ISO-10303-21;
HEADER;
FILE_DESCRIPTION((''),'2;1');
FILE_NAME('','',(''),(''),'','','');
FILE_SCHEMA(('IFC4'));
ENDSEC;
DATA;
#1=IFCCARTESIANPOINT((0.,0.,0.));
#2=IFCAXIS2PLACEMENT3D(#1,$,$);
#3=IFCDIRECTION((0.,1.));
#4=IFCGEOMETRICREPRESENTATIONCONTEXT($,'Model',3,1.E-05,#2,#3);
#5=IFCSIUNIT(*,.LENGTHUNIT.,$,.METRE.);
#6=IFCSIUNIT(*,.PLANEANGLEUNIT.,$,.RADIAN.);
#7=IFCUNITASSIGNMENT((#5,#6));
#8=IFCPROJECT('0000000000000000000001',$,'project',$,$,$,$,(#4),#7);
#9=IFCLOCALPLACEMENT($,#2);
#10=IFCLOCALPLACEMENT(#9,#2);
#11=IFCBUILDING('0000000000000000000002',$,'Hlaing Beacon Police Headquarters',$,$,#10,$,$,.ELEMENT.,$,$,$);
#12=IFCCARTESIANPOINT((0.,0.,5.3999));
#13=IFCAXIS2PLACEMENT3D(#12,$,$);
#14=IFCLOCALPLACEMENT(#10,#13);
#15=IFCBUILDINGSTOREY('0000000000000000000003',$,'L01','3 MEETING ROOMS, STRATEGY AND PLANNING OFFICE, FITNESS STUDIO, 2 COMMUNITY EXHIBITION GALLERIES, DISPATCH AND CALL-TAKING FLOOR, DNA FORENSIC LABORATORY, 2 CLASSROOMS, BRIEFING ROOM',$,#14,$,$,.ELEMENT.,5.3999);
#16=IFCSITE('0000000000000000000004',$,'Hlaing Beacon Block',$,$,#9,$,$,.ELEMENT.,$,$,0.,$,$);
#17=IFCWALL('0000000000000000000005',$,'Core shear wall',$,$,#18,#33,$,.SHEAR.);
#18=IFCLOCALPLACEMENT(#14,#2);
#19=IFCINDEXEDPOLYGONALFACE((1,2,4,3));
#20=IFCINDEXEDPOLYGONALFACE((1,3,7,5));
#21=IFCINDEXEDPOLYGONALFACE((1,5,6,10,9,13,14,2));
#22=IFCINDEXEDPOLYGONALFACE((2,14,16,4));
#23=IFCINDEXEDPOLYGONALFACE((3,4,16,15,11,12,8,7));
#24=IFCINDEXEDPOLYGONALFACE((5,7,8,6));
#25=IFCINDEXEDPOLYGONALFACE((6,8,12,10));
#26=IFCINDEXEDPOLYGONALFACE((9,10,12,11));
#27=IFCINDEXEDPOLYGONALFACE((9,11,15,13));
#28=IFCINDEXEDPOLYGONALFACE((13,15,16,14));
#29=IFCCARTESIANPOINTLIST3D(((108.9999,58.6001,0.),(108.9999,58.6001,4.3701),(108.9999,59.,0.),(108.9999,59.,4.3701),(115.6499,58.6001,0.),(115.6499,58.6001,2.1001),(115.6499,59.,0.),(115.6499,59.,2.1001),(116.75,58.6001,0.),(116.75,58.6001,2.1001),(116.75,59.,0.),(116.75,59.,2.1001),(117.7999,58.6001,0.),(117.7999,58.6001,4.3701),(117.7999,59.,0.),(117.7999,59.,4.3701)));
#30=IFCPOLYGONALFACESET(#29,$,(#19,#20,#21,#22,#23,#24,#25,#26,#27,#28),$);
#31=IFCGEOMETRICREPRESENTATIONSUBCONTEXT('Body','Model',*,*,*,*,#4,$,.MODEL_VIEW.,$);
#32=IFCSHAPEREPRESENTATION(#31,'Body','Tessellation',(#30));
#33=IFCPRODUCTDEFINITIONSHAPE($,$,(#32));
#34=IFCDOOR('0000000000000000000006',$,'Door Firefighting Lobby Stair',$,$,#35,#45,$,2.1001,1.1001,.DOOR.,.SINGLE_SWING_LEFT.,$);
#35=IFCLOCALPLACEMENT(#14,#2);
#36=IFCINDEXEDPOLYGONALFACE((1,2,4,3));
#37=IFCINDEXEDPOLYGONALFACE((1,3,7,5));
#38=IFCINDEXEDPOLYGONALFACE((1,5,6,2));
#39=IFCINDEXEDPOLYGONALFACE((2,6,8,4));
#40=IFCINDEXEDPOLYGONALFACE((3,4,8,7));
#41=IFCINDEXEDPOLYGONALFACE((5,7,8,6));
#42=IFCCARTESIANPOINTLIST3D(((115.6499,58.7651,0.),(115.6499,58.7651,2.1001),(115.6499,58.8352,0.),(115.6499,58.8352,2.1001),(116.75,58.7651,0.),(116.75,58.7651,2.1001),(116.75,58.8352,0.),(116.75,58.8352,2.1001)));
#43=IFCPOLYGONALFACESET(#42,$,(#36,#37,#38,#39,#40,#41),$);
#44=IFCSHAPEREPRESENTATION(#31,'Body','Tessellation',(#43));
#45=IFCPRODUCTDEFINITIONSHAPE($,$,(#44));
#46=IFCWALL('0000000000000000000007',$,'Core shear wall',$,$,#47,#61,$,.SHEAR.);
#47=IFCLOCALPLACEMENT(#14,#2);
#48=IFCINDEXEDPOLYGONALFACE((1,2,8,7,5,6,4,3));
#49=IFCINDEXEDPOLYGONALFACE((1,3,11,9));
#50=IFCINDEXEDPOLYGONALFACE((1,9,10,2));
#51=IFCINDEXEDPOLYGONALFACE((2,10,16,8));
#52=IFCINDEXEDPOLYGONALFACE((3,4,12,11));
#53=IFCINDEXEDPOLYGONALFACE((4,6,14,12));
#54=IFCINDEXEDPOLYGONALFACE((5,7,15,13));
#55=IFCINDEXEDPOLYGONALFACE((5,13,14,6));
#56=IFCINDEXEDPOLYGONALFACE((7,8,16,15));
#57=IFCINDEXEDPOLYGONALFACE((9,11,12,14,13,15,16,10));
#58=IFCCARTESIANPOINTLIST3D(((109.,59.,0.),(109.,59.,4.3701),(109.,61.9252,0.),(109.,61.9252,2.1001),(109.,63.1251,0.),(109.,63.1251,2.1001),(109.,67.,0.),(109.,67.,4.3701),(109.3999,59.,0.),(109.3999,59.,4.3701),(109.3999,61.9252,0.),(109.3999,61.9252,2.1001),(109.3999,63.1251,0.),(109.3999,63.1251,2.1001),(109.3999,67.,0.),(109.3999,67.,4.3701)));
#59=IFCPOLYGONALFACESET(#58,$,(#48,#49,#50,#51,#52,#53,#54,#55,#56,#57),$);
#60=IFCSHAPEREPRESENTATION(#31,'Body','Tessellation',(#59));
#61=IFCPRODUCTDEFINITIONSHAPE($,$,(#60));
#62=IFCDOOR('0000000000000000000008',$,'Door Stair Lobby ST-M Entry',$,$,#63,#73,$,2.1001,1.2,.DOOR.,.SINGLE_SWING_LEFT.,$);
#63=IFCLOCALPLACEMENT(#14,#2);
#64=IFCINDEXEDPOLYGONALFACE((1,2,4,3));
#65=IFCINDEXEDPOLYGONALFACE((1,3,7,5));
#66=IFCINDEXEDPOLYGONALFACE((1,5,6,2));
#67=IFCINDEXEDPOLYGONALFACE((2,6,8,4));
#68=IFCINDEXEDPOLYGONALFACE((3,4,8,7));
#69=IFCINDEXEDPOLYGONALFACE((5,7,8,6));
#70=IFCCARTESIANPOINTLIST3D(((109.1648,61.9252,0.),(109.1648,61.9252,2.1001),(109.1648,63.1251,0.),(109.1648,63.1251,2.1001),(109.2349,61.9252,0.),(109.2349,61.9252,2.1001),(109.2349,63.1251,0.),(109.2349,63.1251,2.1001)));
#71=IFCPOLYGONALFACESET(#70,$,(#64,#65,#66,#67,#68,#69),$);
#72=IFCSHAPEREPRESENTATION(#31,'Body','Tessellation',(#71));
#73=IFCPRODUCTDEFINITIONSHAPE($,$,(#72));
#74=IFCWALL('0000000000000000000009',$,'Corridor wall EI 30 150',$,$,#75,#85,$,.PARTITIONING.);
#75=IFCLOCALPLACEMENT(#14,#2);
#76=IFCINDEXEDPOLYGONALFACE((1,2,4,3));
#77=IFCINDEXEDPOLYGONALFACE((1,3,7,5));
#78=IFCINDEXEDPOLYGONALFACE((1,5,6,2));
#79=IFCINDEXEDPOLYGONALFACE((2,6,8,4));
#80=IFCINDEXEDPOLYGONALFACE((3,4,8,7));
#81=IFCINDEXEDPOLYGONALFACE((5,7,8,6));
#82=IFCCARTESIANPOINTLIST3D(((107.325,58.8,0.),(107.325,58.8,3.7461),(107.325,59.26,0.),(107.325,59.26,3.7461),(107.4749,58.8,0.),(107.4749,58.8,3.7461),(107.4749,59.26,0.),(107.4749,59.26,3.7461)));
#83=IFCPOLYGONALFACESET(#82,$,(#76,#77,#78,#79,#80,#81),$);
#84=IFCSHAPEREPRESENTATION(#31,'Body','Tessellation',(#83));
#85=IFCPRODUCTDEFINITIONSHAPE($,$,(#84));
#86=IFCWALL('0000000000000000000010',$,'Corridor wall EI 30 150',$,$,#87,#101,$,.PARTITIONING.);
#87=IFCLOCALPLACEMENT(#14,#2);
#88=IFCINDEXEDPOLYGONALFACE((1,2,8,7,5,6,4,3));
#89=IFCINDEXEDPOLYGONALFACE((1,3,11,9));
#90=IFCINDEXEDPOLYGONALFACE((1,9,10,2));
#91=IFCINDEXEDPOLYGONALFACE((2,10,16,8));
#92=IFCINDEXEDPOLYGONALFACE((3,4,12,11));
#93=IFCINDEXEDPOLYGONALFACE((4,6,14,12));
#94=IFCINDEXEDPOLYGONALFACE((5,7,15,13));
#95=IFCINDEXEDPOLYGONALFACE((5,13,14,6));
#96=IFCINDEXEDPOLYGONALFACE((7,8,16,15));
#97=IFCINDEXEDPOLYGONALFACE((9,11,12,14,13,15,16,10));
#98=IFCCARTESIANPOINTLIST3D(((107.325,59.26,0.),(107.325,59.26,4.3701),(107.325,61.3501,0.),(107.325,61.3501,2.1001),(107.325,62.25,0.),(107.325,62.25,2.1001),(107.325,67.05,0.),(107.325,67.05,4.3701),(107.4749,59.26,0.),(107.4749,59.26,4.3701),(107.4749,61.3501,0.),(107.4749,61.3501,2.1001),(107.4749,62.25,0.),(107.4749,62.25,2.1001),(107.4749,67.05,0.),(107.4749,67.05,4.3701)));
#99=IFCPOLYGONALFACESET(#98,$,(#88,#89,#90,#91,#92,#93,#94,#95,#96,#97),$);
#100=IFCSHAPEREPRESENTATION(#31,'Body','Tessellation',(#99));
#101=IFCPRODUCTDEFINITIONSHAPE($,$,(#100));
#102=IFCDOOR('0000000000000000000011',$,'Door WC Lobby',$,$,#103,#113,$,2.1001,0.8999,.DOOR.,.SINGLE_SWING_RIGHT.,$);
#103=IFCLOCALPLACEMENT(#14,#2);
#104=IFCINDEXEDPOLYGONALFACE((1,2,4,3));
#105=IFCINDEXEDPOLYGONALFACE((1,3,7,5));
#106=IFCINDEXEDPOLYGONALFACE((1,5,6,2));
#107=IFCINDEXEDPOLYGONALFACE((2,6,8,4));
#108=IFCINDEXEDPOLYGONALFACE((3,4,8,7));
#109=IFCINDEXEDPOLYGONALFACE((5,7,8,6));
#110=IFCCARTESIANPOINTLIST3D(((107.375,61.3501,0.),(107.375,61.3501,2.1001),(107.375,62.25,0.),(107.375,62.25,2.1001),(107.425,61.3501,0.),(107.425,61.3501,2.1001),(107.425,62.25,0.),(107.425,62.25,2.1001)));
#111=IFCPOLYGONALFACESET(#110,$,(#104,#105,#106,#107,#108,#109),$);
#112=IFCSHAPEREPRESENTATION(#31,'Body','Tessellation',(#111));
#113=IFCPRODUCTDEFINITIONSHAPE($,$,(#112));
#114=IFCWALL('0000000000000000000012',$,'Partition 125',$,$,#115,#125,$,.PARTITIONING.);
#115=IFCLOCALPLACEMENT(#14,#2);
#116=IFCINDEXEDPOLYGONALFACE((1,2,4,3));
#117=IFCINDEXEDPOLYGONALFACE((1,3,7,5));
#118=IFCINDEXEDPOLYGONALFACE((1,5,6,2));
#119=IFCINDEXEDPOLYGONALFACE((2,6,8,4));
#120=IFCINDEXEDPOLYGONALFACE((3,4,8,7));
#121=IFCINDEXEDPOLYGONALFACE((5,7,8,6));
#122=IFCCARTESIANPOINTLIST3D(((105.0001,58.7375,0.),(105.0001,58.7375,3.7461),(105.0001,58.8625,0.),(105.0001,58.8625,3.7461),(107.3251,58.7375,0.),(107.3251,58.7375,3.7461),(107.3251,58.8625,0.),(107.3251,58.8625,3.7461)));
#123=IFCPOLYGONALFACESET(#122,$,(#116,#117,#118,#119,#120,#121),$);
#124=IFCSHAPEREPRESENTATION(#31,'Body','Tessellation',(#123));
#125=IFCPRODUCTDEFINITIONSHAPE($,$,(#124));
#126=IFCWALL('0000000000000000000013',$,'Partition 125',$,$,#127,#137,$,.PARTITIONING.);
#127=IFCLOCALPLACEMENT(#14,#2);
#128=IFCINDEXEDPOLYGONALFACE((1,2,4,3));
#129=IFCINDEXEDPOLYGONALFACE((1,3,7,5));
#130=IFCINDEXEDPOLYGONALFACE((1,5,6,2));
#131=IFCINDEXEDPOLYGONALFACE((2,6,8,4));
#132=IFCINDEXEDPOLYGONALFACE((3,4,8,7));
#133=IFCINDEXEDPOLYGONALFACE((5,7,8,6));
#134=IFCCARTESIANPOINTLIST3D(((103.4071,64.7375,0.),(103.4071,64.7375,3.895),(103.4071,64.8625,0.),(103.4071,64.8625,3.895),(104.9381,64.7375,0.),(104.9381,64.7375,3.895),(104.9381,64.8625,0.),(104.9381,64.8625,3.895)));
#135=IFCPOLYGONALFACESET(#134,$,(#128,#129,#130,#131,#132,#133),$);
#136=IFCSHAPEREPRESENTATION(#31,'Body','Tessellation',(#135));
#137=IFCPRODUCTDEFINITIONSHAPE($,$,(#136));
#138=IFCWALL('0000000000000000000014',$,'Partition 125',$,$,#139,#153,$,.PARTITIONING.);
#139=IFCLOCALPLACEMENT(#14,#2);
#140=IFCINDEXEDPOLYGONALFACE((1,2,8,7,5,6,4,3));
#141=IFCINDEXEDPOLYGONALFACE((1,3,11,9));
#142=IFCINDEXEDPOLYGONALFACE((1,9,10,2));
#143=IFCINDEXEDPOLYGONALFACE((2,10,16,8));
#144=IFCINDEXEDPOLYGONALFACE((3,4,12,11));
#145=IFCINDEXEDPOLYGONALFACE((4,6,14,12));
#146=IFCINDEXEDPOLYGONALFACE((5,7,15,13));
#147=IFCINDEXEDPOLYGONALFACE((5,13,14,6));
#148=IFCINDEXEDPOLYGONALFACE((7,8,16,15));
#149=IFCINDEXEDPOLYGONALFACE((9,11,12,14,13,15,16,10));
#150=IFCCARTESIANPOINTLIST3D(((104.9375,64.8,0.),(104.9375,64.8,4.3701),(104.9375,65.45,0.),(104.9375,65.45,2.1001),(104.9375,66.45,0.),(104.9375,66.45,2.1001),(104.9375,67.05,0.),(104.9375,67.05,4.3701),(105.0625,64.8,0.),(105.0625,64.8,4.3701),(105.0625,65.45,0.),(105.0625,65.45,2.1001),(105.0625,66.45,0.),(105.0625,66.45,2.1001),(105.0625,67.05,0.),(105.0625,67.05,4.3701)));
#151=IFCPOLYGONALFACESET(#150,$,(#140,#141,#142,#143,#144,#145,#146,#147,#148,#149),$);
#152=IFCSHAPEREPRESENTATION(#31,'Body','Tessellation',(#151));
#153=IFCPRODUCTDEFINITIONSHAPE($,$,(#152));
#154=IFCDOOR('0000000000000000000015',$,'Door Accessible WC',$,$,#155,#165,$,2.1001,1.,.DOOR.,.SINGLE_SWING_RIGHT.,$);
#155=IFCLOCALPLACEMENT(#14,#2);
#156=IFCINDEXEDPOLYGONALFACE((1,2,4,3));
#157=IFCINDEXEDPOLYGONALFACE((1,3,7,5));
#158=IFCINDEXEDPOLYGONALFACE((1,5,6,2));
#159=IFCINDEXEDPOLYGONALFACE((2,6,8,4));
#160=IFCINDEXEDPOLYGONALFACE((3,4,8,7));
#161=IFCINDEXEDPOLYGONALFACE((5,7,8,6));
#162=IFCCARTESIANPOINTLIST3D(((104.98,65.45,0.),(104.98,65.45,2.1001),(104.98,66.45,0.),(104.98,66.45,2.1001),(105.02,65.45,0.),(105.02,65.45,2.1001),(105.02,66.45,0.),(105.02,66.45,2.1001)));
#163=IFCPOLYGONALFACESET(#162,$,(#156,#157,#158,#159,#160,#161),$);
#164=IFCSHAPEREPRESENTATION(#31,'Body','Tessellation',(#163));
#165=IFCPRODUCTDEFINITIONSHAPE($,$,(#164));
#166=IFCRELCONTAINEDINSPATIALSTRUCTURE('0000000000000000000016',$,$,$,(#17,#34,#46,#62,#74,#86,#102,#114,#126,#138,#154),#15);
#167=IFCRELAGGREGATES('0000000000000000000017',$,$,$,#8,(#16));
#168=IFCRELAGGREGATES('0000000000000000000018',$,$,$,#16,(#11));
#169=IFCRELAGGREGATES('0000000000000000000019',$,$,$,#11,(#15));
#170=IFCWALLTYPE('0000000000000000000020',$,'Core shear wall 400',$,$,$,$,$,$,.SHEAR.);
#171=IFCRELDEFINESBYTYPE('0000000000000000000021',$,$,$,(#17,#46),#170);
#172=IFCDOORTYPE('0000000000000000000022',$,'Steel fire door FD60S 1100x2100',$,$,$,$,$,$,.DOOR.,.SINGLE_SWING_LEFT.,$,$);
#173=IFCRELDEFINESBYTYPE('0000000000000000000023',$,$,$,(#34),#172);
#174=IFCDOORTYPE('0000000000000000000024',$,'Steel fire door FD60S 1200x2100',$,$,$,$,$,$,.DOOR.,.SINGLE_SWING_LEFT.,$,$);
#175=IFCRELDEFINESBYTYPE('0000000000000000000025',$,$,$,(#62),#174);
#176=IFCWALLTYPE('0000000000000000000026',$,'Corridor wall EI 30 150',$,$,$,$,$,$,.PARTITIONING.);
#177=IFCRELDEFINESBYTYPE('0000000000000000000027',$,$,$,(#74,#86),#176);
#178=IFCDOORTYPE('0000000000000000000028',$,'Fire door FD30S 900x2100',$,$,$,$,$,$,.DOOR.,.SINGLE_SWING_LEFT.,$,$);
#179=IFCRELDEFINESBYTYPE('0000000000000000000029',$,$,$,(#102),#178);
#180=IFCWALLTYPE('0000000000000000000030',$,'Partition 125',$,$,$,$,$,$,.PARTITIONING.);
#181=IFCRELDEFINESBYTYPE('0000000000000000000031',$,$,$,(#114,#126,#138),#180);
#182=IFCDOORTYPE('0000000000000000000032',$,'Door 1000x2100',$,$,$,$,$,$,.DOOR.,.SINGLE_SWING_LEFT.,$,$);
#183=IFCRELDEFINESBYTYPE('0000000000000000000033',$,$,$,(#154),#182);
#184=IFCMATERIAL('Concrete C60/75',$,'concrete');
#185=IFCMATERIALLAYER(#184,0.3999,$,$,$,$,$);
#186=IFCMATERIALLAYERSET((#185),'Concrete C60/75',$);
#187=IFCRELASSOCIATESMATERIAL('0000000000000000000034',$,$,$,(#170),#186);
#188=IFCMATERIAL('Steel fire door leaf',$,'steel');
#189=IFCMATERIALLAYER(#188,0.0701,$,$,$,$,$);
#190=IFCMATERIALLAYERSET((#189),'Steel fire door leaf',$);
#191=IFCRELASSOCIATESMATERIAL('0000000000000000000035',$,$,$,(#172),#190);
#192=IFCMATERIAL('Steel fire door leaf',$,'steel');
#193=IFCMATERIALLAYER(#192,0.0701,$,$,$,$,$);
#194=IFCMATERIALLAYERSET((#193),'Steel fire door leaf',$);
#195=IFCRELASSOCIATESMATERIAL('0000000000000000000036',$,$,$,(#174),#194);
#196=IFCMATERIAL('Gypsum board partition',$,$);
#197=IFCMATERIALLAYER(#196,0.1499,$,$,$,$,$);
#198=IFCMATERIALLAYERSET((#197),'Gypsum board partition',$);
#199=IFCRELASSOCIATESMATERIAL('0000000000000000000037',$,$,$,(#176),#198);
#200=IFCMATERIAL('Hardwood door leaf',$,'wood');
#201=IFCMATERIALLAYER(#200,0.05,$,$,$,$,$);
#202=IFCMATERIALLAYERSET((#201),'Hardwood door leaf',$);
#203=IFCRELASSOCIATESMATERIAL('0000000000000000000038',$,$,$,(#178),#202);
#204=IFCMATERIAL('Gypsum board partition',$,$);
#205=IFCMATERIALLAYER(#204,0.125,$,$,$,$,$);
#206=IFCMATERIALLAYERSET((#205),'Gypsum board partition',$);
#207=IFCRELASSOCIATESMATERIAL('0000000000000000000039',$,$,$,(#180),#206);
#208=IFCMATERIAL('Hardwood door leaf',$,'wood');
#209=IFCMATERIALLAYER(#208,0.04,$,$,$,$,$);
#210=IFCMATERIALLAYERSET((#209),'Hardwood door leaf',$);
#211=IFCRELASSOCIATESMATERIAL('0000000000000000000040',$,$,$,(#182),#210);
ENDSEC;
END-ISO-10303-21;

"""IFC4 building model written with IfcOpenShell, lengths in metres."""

from ifc_helpers import new_model, si_unit, direction, frame, frame_2d, origin, place, context, subcontext, project, spatial, rectangle, extrude, material, layer, layer_set, type_object, element, fill, save


model = new_model("IFC4")

# Units and contexts
model_context = context("Model", 3, precision=1e-05, world=origin(), true_north=direction((0.0, 1.0)))
body_context = subcontext(model_context, "Body", "Model", "MODEL_VIEW")
ifc_project = project(units=[si_unit("LENGTHUNIT", "METRE"), si_unit("PLANEANGLEUNIT", "RADIAN")], contexts=[model_context])

# Site, building, storey
site_placement = place(None, origin())
site = spatial("IfcSite", under=ifc_project, at=site_placement, Name="Hlaing Beacon Block", CompositionType="ELEMENT", RefElevation=0.0)
building_placement = place(site_placement, origin())
building = spatial("IfcBuilding", under=site, at=building_placement, Name="Hlaing Beacon Police Headquarters", CompositionType="ELEMENT")
storey_placement = place(building_placement, frame((0.0, 0.0, 5.3999)))
storey = spatial("IfcBuildingStorey", under=building, at=storey_placement, Name="L01", Description="3 MEETING ROOMS, STRATEGY AND PLANNING OFFICE, FITNESS STUDIO, 2 COMMUNITY EXHIBITION GALLERIES, DISPATCH AND CALL-TAKING FLOOR, DNA FORENSIC LABORATORY, 2 CLASSROOMS, BRIEFING ROOM", CompositionType="ELEMENT", Elevation=5.3999)

# Walls, openings, doors
ifc_material_1 = material(Name="Concrete C60/75", Category="concrete")
ifc_layer_1 = layer(ifc_material_1, 0.3999)
ifc_layer_set_1 = layer_set([ifc_layer_1], Name="Concrete C60/75")
wall_type_1 = type_object("IfcWallType", Name="Core shear wall 400", PredefinedType="SHEAR", material=ifc_layer_set_1)
wall_1_placement = place(storey_placement, frame((109.0, 58.8, 0.0), z_axis=(0.0, 0.0, 1.0), x_axis=(1.0, 0.0, 0.0)))
wall_1 = element("IfcWall", 1, at=wall_1_placement, inside=storey, type_object=wall_type_1, Name="Core shear wall", PredefinedType="SHEAR", context=body_context, shape_type="SweptSolid", body=[
    extrude(rectangle(XDim=8.8, YDim=0.3999, at=frame_2d((4.3999, 0.0))), origin(), (0.0, 0.0, 1.0), 4.3701),
])
opening_1_placement = place(wall_1_placement, frame((6.6499, 0.0, 0.0)))
opening_1 = element("IfcOpeningElement", 2, at=opening_1_placement, cuts=wall_1, PredefinedType="OPENING", context=body_context, shape_type="SweptSolid", body=[
    extrude(rectangle(XDim=1.1001, YDim=2.1001, at=frame_2d((0.55, 1.05))), frame((0.0, 0.21, 0.0), z_axis=(0.0, -1.0, 0.0), x_axis=(1.0, 0.0, 0.0)), (0.0, 0.0, 1.0), 0.4199),
])
ifc_material_2 = material(Name="Steel fire door leaf", Category="steel")
ifc_layer_2 = layer(ifc_material_2, 0.0701)
ifc_layer_set_2 = layer_set([ifc_layer_2], Name="Steel fire door leaf")
door_type_1 = type_object("IfcDoorType", Name="Steel fire door FD60S 1100x2100", OperationType="SINGLE_SWING_LEFT", PredefinedType="DOOR", material=ifc_layer_set_2)
door_1_placement = place(opening_1_placement, origin())
door_1 = element("IfcDoor", 3, at=door_1_placement, inside=storey, type_object=door_type_1, Name="Door Firefighting Lobby Stair", OperationType="SINGLE_SWING_LEFT", OverallHeight=2.1001, OverallWidth=1.1001, PredefinedType="DOOR", context=body_context, shape_type="SweptSolid", body=[
    extrude(rectangle(XDim=1.1001, YDim=2.1001, at=frame_2d((0.55, 1.05))), frame((0.0, 0.0352, 0.0), z_axis=(0.0, -1.0, 0.0), x_axis=(1.0, 0.0, 0.0)), (0.0, 0.0, 1.0), 0.0701),
])
fill(opening_1, door_1)
wall_2_placement = place(storey_placement, frame((109.2, 59.0, 0.0), z_axis=(0.0, 0.0, 1.0), x_axis=(0.0, 1.0, 0.0)))
wall_2 = element("IfcWall", 4, at=wall_2_placement, inside=storey, type_object=wall_type_1, Name="Core shear wall", PredefinedType="SHEAR", context=body_context, shape_type="SweptSolid", body=[
    extrude(rectangle(XDim=8.0, YDim=0.3999, at=frame_2d((4.0, 0.0))), origin(), (0.0, 0.0, 1.0), 4.3701),
])
opening_2_placement = place(wall_2_placement, frame((2.925, 0.0, 0.0)))
opening_2 = element("IfcOpeningElement", 5, at=opening_2_placement, cuts=wall_2, PredefinedType="OPENING", context=body_context, shape_type="SweptSolid", body=[
    extrude(rectangle(XDim=1.2, YDim=2.1001, at=frame_2d((0.6001, 1.05))), frame((0.0, 0.21, 0.0), z_axis=(0.0, -1.0, 0.0), x_axis=(1.0, 0.0, 0.0)), (0.0, 0.0, 1.0), 0.4199),
])
ifc_material_3 = material(Name="Steel fire door leaf", Category="steel")
ifc_layer_3 = layer(ifc_material_3, 0.0701)
ifc_layer_set_3 = layer_set([ifc_layer_3], Name="Steel fire door leaf")
door_type_2 = type_object("IfcDoorType", Name="Steel fire door FD60S 1200x2100", OperationType="SINGLE_SWING_LEFT", PredefinedType="DOOR", material=ifc_layer_set_3)
door_2_placement = place(opening_2_placement, frame((1.2, 0.0, 0.0), z_axis=(0.0, 0.0, 1.0), x_axis=(-1.0, 0.0, 0.0)))
door_2 = element("IfcDoor", 6, at=door_2_placement, inside=storey, type_object=door_type_2, Name="Door Stair Lobby ST-M Entry", OperationType="SINGLE_SWING_LEFT", OverallHeight=2.1001, OverallWidth=1.2, PredefinedType="DOOR", context=body_context, shape_type="SweptSolid", body=[
    extrude(rectangle(XDim=1.2, YDim=2.1001, at=frame_2d((0.5999, 1.05))), frame((0.0, 0.0349, 0.0), z_axis=(0.0, -1.0, 0.0), x_axis=(1.0, 0.0, 0.0)), (0.0, 0.0, 1.0), 0.0701),
])
fill(opening_2, door_2)

# Wall
ifc_material_4 = material(Name="Gypsum board partition")
ifc_layer_4 = layer(ifc_material_4, 0.1499)
ifc_layer_set_4 = layer_set([ifc_layer_4], Name="Gypsum board partition")
wall_type_2 = type_object("IfcWallType", Name="Corridor wall EI 30 150", PredefinedType="PARTITIONING", material=ifc_layer_set_4)
wall_3_placement = place(storey_placement, frame((107.3999, 58.8, 0.0), z_axis=(0.0, 0.0, 1.0), x_axis=(0.0, 1.0, 0.0)))
element("IfcWall", 7, at=wall_3_placement, inside=storey, type_object=wall_type_2, Name="Corridor wall EI 30 150", PredefinedType="PARTITIONING", context=body_context, shape_type="SweptSolid", body=[
    extrude(rectangle(XDim=0.46, YDim=0.1499, at=frame_2d((0.23, 0.0))), origin(), (0.0, 0.0, 1.0), 3.7461),
])

# Wall, opening, door
wall_4_placement = place(storey_placement, frame((107.3999, 59.26, 0.0), z_axis=(0.0, 0.0, 1.0), x_axis=(0.0, 1.0, 0.0)))
wall_4 = element("IfcWall", 8, at=wall_4_placement, inside=storey, type_object=wall_type_2, Name="Corridor wall EI 30 150", PredefinedType="PARTITIONING", context=body_context, shape_type="SweptSolid", body=[
    extrude(rectangle(XDim=7.79, YDim=0.1499, at=frame_2d((3.895, 0.0))), origin(), (0.0, 0.0, 1.0), 4.3701),
])
opening_3_placement = place(wall_4_placement, frame((2.0901, 0.0, 0.0)))
opening_3 = element("IfcOpeningElement", 9, at=opening_3_placement, cuts=wall_4, PredefinedType="OPENING", context=body_context, shape_type="SweptSolid", body=[
    extrude(rectangle(XDim=0.8999, YDim=2.1001, at=frame_2d((0.45, 1.05))), frame((0.0, 0.085, 0.0), z_axis=(0.0, -1.0, 0.0), x_axis=(1.0, 0.0, 0.0)), (0.0, 0.0, 1.0), 0.1699),
])
ifc_material_5 = material(Name="Hardwood door leaf", Category="wood")
ifc_layer_5 = layer(ifc_material_5, 0.05)
ifc_layer_set_5 = layer_set([ifc_layer_5], Name="Hardwood door leaf")
door_type_3 = type_object("IfcDoorType", Name="Fire door FD30S 900x2100", OperationType="SINGLE_SWING_LEFT", PredefinedType="DOOR", material=ifc_layer_set_5)
door_3_placement = place(opening_3_placement, origin())
door_3 = element("IfcDoor", 10, at=door_3_placement, inside=storey, type_object=door_type_3, Name="Door WC Lobby", OperationType="SINGLE_SWING_RIGHT", OverallHeight=2.1001, OverallWidth=0.8999, PredefinedType="DOOR", context=body_context, shape_type="SweptSolid", body=[
    extrude(rectangle(XDim=0.8999, YDim=2.1001, at=frame_2d((0.45, 1.05))), frame((0.0, 0.0249, 0.0), z_axis=(0.0, -1.0, 0.0), x_axis=(1.0, 0.0, 0.0)), (0.0, 0.0, 1.0), 0.05),
])
fill(opening_3, door_3)

# Walls
ifc_material_6 = material(Name="Gypsum board partition")
ifc_layer_6 = layer(ifc_material_6, 0.125)
ifc_layer_set_6 = layer_set([ifc_layer_6], Name="Gypsum board partition")
wall_type_3 = type_object("IfcWallType", Name="Partition 125", PredefinedType="PARTITIONING", material=ifc_layer_set_6)
wall_5_placement = place(storey_placement, frame((105.0, 58.8, 0.0), z_axis=(0.0, 0.0, 1.0), x_axis=(1.0, 0.0, 0.0)))
element("IfcWall", 11, at=wall_5_placement, inside=storey, type_object=wall_type_3, Name="Partition 125", PredefinedType="PARTITIONING", context=body_context, shape_type="SweptSolid", body=[
    extrude(rectangle(XDim=2.325, YDim=0.125, at=frame_2d((1.1626, 0.0))), origin(), (0.0, 0.0, 1.0), 3.7461),
])
wall_6_placement = place(storey_placement, frame((103.407, 64.8, 0.0), z_axis=(0.0, 0.0, 1.0), x_axis=(1.0, 0.0, 0.0)))
element("IfcWall", 12, at=wall_6_placement, inside=storey, type_object=wall_type_3, Name="Partition 125", PredefinedType="PARTITIONING", context=body_context, shape_type="SweptSolid", body=[
    extrude(rectangle(XDim=1.531, YDim=0.125, at=frame_2d((0.7656, 0.0))), origin(), (0.0, 0.0, 1.0), 3.895),
])

# Wall, opening, door
wall_7_placement = place(storey_placement, frame((105.0, 64.8, 0.0), z_axis=(0.0, 0.0, 1.0), x_axis=(0.0, 1.0, 0.0)))
wall_7 = element("IfcWall", 13, at=wall_7_placement, inside=storey, type_object=wall_type_3, Name="Partition 125", PredefinedType="PARTITIONING", context=body_context, shape_type="SweptSolid", body=[
    extrude(rectangle(XDim=2.25, YDim=0.125, at=frame_2d((1.125, 0.0))), origin(), (0.0, 0.0, 1.0), 4.3701),
])
opening_4_placement = place(wall_7_placement, frame((0.6499, 0.0, 0.0)))
opening_4 = element("IfcOpeningElement", 14, at=opening_4_placement, cuts=wall_7, PredefinedType="OPENING", context=body_context, shape_type="SweptSolid", body=[
    extrude(rectangle(XDim=1.0, YDim=2.1001, at=frame_2d((0.5, 1.05))), frame((0.0, 0.0725, 0.0), z_axis=(0.0, -1.0, 0.0), x_axis=(1.0, 0.0, 0.0)), (0.0, 0.0, 1.0), 0.145),
])
ifc_material_7 = material(Name="Hardwood door leaf", Category="wood")
ifc_layer_7 = layer(ifc_material_7, 0.04)
ifc_layer_set_7 = layer_set([ifc_layer_7], Name="Hardwood door leaf")
door_type_4 = type_object("IfcDoorType", Name="Door 1000x2100", OperationType="SINGLE_SWING_LEFT", PredefinedType="DOOR", material=ifc_layer_set_7)
door_4_placement = place(opening_4_placement, origin())
door_4 = element("IfcDoor", 15, at=door_4_placement, inside=storey, type_object=door_type_4, Name="Door Accessible WC", OperationType="SINGLE_SWING_RIGHT", OverallHeight=2.1001, OverallWidth=1.0, PredefinedType="DOOR", context=body_context, shape_type="SweptSolid", body=[
    extrude(rectangle(XDim=1.0, YDim=2.1001, at=frame_2d((0.5, 1.05))), frame((0.0, 0.02, 0.0), z_axis=(0.0, -1.0, 0.0), x_axis=(1.0, 0.0, 0.0)), (0.0, 0.0, 1.0), 0.04),
])
fill(opening_4, door_4)

save(model, "model.ifc")
